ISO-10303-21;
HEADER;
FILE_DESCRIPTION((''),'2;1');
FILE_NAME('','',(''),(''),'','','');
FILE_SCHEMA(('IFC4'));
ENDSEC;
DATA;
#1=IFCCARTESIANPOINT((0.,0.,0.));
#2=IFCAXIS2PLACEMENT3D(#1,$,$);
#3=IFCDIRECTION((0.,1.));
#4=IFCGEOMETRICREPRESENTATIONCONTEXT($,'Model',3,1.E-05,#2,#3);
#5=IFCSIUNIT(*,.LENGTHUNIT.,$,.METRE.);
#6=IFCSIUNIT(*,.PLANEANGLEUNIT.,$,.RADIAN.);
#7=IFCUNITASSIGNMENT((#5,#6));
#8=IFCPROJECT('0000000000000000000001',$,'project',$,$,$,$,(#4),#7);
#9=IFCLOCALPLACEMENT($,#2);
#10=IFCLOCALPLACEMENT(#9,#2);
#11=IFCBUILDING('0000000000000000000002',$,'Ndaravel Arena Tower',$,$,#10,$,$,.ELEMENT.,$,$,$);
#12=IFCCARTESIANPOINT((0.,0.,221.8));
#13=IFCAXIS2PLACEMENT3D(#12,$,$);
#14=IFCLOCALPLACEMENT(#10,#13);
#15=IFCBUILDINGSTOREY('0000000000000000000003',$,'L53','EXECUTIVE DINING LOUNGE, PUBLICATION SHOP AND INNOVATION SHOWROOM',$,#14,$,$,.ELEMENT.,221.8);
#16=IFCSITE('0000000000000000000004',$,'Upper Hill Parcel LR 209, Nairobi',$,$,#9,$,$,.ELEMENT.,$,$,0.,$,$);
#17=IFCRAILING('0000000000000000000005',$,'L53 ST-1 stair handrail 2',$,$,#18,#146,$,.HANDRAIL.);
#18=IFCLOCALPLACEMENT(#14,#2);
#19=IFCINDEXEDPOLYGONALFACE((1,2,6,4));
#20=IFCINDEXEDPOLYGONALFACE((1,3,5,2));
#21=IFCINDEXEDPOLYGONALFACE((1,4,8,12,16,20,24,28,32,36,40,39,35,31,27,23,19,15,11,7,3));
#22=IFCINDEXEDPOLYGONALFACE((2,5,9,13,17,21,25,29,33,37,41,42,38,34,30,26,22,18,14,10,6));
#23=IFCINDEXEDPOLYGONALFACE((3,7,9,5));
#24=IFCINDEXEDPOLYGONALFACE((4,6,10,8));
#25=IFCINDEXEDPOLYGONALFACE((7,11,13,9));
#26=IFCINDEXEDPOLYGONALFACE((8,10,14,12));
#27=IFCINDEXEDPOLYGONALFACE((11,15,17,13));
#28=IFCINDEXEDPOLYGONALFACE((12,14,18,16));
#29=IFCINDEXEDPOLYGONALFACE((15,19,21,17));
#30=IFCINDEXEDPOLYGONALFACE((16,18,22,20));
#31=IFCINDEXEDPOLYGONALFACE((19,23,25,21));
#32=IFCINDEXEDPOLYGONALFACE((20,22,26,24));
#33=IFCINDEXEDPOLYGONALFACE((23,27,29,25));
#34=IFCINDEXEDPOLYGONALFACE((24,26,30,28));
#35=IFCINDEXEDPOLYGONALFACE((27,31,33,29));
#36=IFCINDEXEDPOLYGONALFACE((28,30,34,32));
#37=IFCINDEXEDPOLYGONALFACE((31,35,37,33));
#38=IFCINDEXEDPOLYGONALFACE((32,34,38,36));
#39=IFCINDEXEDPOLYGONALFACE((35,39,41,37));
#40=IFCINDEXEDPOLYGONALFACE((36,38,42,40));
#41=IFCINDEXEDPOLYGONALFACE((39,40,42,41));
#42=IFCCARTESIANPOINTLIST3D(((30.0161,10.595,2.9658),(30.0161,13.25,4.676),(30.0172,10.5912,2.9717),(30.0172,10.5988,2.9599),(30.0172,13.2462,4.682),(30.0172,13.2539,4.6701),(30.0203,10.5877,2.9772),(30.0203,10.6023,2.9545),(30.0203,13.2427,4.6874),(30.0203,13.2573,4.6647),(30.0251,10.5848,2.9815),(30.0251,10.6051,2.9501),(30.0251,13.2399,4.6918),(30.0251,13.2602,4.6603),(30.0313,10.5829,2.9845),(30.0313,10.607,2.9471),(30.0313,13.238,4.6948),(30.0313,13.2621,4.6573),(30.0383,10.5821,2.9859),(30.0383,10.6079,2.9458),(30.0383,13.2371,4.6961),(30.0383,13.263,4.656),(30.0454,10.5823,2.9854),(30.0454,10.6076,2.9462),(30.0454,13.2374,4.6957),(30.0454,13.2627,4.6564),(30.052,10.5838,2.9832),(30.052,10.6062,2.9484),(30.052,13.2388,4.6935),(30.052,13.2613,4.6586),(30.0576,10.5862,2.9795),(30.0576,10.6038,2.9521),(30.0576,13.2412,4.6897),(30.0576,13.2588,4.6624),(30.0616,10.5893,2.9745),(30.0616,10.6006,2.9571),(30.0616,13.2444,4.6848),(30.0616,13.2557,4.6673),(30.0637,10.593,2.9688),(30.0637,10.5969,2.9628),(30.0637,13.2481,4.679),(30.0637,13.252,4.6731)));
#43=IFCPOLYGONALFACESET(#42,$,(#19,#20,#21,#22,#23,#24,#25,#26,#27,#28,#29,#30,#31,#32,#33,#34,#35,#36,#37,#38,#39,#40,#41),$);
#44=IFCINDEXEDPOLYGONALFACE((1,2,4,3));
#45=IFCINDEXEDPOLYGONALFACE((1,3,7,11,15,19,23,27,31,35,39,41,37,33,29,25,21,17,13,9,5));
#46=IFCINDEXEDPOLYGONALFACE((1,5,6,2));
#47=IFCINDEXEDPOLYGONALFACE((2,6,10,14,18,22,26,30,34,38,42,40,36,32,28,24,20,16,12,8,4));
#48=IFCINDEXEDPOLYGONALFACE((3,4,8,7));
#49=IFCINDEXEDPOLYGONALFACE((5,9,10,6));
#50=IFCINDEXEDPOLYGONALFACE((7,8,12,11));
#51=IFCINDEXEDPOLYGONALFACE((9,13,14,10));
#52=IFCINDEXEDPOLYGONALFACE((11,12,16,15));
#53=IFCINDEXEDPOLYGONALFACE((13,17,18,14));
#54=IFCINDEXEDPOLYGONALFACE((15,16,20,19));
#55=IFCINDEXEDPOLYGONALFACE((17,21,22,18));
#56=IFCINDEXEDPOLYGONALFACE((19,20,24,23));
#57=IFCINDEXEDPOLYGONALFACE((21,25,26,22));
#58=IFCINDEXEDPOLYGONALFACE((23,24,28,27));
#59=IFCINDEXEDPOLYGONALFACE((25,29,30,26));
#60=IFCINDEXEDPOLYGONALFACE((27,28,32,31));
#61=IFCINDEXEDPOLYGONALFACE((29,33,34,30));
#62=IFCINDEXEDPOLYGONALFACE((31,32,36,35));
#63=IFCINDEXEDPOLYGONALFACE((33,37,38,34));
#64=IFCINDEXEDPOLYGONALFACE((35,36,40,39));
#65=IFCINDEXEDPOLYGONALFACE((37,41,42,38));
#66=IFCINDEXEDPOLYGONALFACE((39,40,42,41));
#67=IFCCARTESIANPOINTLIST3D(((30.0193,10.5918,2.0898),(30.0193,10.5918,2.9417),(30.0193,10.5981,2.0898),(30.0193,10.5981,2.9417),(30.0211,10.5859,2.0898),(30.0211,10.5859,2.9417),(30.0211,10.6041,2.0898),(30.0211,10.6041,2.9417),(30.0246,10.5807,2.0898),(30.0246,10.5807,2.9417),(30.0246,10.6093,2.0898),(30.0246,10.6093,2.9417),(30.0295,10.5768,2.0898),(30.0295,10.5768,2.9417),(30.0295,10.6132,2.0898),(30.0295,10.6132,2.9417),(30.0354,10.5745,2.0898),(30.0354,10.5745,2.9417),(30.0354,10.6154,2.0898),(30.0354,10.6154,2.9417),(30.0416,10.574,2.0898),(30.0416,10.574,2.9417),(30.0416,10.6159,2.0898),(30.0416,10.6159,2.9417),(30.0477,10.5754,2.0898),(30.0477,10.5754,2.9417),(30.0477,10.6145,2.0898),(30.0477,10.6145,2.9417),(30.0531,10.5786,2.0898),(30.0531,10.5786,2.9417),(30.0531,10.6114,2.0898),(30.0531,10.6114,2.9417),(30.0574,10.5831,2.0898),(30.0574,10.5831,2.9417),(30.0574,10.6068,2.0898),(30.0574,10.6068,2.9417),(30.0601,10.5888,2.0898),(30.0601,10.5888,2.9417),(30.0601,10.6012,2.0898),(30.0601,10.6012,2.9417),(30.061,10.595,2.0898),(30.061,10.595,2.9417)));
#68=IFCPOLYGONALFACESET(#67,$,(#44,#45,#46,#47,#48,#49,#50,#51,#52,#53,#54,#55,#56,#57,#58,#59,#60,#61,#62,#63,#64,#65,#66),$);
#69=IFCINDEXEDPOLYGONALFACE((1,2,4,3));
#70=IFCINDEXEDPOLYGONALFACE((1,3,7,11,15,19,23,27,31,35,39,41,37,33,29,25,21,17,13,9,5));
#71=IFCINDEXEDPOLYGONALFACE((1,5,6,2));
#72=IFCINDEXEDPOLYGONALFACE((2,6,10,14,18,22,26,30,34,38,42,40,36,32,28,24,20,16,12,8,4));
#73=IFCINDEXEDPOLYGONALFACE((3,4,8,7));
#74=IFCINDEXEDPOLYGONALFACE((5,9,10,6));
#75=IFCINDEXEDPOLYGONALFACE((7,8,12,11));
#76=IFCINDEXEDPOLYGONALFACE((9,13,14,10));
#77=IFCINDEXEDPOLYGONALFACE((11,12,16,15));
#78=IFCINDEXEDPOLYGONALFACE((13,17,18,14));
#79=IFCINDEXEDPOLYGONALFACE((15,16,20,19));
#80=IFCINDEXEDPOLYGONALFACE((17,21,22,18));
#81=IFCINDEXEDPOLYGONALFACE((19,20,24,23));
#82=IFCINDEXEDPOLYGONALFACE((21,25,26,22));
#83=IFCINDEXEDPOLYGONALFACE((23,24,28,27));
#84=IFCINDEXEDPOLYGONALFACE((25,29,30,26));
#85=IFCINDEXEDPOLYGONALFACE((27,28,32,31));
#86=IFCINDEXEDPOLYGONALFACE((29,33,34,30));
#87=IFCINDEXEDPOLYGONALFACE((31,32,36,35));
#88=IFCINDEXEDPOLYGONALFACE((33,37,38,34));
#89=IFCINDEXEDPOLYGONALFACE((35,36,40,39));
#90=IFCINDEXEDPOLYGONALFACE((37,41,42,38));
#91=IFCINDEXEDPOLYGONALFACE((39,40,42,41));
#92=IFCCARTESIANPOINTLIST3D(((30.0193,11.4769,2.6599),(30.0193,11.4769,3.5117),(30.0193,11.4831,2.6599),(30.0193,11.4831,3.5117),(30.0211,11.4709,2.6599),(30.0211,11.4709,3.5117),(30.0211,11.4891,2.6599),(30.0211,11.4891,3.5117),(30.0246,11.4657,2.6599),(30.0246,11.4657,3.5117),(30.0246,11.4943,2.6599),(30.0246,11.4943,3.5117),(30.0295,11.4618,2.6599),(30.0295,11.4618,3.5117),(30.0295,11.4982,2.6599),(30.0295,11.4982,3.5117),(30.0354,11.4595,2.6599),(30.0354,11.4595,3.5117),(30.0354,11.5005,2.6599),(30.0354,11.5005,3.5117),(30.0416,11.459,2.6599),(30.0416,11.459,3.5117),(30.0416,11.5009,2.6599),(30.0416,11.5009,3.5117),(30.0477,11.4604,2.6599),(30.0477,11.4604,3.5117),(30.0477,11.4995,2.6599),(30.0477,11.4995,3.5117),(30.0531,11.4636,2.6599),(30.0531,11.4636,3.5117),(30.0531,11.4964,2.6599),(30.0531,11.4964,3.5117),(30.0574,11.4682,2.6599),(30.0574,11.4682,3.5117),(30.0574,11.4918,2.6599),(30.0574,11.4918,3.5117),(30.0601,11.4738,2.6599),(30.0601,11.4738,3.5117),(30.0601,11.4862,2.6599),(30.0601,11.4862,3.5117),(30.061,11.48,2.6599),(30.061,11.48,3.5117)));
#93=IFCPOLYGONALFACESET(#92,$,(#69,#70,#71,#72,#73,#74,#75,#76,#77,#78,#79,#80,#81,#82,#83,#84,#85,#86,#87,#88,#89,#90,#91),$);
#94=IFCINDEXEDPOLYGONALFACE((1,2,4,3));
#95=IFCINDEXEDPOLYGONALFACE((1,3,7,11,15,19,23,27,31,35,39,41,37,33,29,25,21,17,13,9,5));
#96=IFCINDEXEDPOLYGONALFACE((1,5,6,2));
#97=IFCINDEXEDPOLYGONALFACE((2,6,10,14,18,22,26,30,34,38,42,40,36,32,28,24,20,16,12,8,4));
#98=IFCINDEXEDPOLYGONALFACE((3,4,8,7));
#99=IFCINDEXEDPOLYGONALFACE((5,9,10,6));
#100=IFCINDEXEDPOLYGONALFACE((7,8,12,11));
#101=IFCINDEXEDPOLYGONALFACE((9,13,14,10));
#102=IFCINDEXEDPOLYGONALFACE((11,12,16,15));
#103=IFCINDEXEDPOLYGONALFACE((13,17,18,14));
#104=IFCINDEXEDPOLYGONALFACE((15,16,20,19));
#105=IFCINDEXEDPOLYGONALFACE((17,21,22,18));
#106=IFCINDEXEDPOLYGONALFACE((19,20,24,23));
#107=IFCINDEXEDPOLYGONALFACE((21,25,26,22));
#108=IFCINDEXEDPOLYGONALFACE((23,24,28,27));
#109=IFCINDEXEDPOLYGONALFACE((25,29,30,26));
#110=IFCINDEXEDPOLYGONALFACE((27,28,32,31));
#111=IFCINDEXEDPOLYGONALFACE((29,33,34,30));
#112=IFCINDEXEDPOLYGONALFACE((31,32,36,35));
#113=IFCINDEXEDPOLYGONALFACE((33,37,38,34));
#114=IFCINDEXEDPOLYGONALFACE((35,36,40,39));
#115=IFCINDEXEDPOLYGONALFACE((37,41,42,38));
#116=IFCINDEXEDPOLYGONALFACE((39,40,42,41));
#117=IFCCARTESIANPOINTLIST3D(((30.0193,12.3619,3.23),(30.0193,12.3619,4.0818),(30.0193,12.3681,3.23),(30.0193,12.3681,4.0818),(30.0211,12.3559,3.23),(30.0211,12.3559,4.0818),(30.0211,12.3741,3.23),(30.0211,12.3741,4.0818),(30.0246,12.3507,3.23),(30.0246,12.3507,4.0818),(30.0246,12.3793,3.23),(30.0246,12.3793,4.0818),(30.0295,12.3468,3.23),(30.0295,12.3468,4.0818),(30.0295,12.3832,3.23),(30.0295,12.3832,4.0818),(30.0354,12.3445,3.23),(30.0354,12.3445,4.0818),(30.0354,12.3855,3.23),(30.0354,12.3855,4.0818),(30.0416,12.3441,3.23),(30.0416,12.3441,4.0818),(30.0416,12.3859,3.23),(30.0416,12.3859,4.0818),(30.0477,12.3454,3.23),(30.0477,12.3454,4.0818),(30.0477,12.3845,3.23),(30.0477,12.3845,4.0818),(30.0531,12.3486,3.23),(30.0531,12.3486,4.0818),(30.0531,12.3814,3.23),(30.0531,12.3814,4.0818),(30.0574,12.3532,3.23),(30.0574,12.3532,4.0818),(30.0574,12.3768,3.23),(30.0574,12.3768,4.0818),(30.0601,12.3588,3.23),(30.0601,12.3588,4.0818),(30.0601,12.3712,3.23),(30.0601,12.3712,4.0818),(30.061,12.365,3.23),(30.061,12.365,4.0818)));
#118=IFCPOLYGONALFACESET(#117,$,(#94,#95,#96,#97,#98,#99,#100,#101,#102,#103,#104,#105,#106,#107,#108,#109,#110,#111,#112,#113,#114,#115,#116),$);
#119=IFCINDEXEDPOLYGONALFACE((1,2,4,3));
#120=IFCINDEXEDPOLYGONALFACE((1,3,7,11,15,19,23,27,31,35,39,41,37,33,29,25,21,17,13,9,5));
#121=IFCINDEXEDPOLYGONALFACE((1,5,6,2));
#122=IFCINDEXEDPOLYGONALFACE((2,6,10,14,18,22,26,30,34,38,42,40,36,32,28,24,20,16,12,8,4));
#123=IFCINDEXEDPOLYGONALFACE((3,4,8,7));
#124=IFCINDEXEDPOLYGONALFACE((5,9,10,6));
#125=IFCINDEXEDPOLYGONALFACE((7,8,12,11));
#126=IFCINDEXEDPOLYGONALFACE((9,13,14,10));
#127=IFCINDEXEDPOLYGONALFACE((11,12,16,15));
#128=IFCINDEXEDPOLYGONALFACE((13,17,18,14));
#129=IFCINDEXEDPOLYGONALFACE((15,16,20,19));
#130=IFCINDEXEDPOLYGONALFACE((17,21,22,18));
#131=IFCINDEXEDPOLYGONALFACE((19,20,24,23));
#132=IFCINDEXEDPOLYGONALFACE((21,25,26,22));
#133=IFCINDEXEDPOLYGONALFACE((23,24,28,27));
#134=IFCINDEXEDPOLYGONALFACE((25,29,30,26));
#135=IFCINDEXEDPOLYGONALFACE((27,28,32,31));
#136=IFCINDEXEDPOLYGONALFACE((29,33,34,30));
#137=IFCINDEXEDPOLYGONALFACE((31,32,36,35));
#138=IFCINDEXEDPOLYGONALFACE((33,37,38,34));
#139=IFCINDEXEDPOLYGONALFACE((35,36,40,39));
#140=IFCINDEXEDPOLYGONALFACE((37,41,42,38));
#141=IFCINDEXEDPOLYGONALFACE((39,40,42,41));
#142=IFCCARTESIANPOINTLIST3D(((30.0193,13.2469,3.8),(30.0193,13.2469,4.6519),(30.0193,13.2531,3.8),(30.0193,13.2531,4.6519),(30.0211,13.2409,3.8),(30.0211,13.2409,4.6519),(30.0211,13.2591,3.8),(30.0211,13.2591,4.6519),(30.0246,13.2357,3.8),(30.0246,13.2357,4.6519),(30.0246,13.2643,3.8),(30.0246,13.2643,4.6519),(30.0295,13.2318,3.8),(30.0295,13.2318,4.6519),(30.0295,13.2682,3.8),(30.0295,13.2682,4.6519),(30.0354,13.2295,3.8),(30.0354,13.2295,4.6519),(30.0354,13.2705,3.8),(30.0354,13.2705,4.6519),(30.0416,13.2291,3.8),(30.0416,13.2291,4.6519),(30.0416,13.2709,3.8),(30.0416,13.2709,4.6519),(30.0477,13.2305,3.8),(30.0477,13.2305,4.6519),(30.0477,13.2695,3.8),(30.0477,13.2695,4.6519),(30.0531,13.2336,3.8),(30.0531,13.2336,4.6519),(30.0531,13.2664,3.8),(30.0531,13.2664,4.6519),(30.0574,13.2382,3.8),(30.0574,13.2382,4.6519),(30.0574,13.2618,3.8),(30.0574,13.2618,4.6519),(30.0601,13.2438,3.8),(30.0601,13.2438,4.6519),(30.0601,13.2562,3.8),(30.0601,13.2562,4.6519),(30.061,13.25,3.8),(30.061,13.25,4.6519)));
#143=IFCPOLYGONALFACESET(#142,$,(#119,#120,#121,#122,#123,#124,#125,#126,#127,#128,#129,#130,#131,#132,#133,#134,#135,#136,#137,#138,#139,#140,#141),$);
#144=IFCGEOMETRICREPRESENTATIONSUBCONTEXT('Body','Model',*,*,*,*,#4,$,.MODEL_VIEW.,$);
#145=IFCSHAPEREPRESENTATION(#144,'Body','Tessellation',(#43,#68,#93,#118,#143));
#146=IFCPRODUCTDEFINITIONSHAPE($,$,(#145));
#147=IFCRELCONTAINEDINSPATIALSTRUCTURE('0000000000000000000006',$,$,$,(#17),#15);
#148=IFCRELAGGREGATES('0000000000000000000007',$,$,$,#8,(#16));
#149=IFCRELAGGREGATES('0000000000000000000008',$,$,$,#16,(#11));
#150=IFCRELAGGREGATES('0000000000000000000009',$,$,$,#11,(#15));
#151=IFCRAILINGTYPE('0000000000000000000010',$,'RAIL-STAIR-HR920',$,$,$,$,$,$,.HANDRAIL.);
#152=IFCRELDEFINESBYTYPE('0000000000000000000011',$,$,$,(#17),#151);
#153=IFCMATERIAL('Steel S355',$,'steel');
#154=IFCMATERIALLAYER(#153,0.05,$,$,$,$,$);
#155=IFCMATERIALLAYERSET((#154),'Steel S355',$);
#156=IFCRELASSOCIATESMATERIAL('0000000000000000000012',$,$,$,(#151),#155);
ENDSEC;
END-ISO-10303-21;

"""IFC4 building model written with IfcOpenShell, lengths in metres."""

from ifc_helpers import new_model, si_unit, direction, frame, origin, origin_2d, place, context, subcontext, project, spatial, circle, extrude, material, layer, layer_set, type_object, element, save


model = new_model("IFC4")

# Units and contexts
model_context = context("Model", 3, precision=1e-05, world=origin(), true_north=direction((0.0, 1.0)))
body_context = subcontext(model_context, "Body", "Model", "MODEL_VIEW")
ifc_project = project(units=[si_unit("LENGTHUNIT", "METRE"), si_unit("PLANEANGLEUNIT", "RADIAN")], contexts=[model_context])

# Site, building, storey
site_placement = place(None, origin())
site = spatial("IfcSite", under=ifc_project, at=site_placement, Name="Upper Hill Parcel LR 209, Nairobi", CompositionType="ELEMENT", RefElevation=0.0)
building_placement = place(site_placement, origin())
building = spatial("IfcBuilding", under=site, at=building_placement, Name="Ndaravel Arena Tower", CompositionType="ELEMENT")
storey_placement = place(building_placement, frame((0.0, 0.0, 221.8)))
storey = spatial("IfcBuildingStorey", under=building, at=storey_placement, Name="L53", Description="EXECUTIVE DINING LOUNGE, PUBLICATION SHOP AND INNOVATION SHOWROOM", CompositionType="ELEMENT", Elevation=221.8)

# Railing
ifc_material_1 = material(Name="Steel S355", Category="steel")
ifc_layer_1 = layer(ifc_material_1, 0.05)
ifc_layer_set_1 = layer_set([ifc_layer_1], Name="Steel S355")
railing_type_1 = type_object("IfcRailingType", Name="RAIL-STAIR-HR920", PredefinedType="HANDRAIL", material=ifc_layer_set_1)
railing_1_placement = place(storey_placement, frame((30.04, 10.595, 2.0898)))
element("IfcRailing", 1, at=railing_1_placement, inside=storey, type_object=railing_type_1, Name="L53 ST-1 stair handrail 2", PredefinedType="HANDRAIL", context=body_context, shape_type="SweptSolid", body=[
    extrude(circle(Radius=0.0239, at=origin_2d()), frame((0.0, 0.0, 0.876), z_axis=(0.0, 0.840688, 0.541519), x_axis=(-1.0, 0.0, 0.0)), (0.0, 0.0, 1.0), 3.1582),
    extrude(circle(Radius=0.021, at=origin_2d()), origin(), (0.0, 0.0, 1.0), 0.8518),
    extrude(circle(Radius=0.021, at=origin_2d()), frame((0.0, 0.885, 0.5701)), (0.0, 0.0, 1.0), 0.8518),
    extrude(circle(Radius=0.021, at=origin_2d()), frame((0.0, 1.77, 1.1401)), (0.0, 0.0, 1.0), 0.8518),
    extrude(circle(Radius=0.021, at=origin_2d()), frame((0.0, 2.655, 1.7102)), (0.0, 0.0, 1.0), 0.8518),
])

save(model, "model.ifc")
